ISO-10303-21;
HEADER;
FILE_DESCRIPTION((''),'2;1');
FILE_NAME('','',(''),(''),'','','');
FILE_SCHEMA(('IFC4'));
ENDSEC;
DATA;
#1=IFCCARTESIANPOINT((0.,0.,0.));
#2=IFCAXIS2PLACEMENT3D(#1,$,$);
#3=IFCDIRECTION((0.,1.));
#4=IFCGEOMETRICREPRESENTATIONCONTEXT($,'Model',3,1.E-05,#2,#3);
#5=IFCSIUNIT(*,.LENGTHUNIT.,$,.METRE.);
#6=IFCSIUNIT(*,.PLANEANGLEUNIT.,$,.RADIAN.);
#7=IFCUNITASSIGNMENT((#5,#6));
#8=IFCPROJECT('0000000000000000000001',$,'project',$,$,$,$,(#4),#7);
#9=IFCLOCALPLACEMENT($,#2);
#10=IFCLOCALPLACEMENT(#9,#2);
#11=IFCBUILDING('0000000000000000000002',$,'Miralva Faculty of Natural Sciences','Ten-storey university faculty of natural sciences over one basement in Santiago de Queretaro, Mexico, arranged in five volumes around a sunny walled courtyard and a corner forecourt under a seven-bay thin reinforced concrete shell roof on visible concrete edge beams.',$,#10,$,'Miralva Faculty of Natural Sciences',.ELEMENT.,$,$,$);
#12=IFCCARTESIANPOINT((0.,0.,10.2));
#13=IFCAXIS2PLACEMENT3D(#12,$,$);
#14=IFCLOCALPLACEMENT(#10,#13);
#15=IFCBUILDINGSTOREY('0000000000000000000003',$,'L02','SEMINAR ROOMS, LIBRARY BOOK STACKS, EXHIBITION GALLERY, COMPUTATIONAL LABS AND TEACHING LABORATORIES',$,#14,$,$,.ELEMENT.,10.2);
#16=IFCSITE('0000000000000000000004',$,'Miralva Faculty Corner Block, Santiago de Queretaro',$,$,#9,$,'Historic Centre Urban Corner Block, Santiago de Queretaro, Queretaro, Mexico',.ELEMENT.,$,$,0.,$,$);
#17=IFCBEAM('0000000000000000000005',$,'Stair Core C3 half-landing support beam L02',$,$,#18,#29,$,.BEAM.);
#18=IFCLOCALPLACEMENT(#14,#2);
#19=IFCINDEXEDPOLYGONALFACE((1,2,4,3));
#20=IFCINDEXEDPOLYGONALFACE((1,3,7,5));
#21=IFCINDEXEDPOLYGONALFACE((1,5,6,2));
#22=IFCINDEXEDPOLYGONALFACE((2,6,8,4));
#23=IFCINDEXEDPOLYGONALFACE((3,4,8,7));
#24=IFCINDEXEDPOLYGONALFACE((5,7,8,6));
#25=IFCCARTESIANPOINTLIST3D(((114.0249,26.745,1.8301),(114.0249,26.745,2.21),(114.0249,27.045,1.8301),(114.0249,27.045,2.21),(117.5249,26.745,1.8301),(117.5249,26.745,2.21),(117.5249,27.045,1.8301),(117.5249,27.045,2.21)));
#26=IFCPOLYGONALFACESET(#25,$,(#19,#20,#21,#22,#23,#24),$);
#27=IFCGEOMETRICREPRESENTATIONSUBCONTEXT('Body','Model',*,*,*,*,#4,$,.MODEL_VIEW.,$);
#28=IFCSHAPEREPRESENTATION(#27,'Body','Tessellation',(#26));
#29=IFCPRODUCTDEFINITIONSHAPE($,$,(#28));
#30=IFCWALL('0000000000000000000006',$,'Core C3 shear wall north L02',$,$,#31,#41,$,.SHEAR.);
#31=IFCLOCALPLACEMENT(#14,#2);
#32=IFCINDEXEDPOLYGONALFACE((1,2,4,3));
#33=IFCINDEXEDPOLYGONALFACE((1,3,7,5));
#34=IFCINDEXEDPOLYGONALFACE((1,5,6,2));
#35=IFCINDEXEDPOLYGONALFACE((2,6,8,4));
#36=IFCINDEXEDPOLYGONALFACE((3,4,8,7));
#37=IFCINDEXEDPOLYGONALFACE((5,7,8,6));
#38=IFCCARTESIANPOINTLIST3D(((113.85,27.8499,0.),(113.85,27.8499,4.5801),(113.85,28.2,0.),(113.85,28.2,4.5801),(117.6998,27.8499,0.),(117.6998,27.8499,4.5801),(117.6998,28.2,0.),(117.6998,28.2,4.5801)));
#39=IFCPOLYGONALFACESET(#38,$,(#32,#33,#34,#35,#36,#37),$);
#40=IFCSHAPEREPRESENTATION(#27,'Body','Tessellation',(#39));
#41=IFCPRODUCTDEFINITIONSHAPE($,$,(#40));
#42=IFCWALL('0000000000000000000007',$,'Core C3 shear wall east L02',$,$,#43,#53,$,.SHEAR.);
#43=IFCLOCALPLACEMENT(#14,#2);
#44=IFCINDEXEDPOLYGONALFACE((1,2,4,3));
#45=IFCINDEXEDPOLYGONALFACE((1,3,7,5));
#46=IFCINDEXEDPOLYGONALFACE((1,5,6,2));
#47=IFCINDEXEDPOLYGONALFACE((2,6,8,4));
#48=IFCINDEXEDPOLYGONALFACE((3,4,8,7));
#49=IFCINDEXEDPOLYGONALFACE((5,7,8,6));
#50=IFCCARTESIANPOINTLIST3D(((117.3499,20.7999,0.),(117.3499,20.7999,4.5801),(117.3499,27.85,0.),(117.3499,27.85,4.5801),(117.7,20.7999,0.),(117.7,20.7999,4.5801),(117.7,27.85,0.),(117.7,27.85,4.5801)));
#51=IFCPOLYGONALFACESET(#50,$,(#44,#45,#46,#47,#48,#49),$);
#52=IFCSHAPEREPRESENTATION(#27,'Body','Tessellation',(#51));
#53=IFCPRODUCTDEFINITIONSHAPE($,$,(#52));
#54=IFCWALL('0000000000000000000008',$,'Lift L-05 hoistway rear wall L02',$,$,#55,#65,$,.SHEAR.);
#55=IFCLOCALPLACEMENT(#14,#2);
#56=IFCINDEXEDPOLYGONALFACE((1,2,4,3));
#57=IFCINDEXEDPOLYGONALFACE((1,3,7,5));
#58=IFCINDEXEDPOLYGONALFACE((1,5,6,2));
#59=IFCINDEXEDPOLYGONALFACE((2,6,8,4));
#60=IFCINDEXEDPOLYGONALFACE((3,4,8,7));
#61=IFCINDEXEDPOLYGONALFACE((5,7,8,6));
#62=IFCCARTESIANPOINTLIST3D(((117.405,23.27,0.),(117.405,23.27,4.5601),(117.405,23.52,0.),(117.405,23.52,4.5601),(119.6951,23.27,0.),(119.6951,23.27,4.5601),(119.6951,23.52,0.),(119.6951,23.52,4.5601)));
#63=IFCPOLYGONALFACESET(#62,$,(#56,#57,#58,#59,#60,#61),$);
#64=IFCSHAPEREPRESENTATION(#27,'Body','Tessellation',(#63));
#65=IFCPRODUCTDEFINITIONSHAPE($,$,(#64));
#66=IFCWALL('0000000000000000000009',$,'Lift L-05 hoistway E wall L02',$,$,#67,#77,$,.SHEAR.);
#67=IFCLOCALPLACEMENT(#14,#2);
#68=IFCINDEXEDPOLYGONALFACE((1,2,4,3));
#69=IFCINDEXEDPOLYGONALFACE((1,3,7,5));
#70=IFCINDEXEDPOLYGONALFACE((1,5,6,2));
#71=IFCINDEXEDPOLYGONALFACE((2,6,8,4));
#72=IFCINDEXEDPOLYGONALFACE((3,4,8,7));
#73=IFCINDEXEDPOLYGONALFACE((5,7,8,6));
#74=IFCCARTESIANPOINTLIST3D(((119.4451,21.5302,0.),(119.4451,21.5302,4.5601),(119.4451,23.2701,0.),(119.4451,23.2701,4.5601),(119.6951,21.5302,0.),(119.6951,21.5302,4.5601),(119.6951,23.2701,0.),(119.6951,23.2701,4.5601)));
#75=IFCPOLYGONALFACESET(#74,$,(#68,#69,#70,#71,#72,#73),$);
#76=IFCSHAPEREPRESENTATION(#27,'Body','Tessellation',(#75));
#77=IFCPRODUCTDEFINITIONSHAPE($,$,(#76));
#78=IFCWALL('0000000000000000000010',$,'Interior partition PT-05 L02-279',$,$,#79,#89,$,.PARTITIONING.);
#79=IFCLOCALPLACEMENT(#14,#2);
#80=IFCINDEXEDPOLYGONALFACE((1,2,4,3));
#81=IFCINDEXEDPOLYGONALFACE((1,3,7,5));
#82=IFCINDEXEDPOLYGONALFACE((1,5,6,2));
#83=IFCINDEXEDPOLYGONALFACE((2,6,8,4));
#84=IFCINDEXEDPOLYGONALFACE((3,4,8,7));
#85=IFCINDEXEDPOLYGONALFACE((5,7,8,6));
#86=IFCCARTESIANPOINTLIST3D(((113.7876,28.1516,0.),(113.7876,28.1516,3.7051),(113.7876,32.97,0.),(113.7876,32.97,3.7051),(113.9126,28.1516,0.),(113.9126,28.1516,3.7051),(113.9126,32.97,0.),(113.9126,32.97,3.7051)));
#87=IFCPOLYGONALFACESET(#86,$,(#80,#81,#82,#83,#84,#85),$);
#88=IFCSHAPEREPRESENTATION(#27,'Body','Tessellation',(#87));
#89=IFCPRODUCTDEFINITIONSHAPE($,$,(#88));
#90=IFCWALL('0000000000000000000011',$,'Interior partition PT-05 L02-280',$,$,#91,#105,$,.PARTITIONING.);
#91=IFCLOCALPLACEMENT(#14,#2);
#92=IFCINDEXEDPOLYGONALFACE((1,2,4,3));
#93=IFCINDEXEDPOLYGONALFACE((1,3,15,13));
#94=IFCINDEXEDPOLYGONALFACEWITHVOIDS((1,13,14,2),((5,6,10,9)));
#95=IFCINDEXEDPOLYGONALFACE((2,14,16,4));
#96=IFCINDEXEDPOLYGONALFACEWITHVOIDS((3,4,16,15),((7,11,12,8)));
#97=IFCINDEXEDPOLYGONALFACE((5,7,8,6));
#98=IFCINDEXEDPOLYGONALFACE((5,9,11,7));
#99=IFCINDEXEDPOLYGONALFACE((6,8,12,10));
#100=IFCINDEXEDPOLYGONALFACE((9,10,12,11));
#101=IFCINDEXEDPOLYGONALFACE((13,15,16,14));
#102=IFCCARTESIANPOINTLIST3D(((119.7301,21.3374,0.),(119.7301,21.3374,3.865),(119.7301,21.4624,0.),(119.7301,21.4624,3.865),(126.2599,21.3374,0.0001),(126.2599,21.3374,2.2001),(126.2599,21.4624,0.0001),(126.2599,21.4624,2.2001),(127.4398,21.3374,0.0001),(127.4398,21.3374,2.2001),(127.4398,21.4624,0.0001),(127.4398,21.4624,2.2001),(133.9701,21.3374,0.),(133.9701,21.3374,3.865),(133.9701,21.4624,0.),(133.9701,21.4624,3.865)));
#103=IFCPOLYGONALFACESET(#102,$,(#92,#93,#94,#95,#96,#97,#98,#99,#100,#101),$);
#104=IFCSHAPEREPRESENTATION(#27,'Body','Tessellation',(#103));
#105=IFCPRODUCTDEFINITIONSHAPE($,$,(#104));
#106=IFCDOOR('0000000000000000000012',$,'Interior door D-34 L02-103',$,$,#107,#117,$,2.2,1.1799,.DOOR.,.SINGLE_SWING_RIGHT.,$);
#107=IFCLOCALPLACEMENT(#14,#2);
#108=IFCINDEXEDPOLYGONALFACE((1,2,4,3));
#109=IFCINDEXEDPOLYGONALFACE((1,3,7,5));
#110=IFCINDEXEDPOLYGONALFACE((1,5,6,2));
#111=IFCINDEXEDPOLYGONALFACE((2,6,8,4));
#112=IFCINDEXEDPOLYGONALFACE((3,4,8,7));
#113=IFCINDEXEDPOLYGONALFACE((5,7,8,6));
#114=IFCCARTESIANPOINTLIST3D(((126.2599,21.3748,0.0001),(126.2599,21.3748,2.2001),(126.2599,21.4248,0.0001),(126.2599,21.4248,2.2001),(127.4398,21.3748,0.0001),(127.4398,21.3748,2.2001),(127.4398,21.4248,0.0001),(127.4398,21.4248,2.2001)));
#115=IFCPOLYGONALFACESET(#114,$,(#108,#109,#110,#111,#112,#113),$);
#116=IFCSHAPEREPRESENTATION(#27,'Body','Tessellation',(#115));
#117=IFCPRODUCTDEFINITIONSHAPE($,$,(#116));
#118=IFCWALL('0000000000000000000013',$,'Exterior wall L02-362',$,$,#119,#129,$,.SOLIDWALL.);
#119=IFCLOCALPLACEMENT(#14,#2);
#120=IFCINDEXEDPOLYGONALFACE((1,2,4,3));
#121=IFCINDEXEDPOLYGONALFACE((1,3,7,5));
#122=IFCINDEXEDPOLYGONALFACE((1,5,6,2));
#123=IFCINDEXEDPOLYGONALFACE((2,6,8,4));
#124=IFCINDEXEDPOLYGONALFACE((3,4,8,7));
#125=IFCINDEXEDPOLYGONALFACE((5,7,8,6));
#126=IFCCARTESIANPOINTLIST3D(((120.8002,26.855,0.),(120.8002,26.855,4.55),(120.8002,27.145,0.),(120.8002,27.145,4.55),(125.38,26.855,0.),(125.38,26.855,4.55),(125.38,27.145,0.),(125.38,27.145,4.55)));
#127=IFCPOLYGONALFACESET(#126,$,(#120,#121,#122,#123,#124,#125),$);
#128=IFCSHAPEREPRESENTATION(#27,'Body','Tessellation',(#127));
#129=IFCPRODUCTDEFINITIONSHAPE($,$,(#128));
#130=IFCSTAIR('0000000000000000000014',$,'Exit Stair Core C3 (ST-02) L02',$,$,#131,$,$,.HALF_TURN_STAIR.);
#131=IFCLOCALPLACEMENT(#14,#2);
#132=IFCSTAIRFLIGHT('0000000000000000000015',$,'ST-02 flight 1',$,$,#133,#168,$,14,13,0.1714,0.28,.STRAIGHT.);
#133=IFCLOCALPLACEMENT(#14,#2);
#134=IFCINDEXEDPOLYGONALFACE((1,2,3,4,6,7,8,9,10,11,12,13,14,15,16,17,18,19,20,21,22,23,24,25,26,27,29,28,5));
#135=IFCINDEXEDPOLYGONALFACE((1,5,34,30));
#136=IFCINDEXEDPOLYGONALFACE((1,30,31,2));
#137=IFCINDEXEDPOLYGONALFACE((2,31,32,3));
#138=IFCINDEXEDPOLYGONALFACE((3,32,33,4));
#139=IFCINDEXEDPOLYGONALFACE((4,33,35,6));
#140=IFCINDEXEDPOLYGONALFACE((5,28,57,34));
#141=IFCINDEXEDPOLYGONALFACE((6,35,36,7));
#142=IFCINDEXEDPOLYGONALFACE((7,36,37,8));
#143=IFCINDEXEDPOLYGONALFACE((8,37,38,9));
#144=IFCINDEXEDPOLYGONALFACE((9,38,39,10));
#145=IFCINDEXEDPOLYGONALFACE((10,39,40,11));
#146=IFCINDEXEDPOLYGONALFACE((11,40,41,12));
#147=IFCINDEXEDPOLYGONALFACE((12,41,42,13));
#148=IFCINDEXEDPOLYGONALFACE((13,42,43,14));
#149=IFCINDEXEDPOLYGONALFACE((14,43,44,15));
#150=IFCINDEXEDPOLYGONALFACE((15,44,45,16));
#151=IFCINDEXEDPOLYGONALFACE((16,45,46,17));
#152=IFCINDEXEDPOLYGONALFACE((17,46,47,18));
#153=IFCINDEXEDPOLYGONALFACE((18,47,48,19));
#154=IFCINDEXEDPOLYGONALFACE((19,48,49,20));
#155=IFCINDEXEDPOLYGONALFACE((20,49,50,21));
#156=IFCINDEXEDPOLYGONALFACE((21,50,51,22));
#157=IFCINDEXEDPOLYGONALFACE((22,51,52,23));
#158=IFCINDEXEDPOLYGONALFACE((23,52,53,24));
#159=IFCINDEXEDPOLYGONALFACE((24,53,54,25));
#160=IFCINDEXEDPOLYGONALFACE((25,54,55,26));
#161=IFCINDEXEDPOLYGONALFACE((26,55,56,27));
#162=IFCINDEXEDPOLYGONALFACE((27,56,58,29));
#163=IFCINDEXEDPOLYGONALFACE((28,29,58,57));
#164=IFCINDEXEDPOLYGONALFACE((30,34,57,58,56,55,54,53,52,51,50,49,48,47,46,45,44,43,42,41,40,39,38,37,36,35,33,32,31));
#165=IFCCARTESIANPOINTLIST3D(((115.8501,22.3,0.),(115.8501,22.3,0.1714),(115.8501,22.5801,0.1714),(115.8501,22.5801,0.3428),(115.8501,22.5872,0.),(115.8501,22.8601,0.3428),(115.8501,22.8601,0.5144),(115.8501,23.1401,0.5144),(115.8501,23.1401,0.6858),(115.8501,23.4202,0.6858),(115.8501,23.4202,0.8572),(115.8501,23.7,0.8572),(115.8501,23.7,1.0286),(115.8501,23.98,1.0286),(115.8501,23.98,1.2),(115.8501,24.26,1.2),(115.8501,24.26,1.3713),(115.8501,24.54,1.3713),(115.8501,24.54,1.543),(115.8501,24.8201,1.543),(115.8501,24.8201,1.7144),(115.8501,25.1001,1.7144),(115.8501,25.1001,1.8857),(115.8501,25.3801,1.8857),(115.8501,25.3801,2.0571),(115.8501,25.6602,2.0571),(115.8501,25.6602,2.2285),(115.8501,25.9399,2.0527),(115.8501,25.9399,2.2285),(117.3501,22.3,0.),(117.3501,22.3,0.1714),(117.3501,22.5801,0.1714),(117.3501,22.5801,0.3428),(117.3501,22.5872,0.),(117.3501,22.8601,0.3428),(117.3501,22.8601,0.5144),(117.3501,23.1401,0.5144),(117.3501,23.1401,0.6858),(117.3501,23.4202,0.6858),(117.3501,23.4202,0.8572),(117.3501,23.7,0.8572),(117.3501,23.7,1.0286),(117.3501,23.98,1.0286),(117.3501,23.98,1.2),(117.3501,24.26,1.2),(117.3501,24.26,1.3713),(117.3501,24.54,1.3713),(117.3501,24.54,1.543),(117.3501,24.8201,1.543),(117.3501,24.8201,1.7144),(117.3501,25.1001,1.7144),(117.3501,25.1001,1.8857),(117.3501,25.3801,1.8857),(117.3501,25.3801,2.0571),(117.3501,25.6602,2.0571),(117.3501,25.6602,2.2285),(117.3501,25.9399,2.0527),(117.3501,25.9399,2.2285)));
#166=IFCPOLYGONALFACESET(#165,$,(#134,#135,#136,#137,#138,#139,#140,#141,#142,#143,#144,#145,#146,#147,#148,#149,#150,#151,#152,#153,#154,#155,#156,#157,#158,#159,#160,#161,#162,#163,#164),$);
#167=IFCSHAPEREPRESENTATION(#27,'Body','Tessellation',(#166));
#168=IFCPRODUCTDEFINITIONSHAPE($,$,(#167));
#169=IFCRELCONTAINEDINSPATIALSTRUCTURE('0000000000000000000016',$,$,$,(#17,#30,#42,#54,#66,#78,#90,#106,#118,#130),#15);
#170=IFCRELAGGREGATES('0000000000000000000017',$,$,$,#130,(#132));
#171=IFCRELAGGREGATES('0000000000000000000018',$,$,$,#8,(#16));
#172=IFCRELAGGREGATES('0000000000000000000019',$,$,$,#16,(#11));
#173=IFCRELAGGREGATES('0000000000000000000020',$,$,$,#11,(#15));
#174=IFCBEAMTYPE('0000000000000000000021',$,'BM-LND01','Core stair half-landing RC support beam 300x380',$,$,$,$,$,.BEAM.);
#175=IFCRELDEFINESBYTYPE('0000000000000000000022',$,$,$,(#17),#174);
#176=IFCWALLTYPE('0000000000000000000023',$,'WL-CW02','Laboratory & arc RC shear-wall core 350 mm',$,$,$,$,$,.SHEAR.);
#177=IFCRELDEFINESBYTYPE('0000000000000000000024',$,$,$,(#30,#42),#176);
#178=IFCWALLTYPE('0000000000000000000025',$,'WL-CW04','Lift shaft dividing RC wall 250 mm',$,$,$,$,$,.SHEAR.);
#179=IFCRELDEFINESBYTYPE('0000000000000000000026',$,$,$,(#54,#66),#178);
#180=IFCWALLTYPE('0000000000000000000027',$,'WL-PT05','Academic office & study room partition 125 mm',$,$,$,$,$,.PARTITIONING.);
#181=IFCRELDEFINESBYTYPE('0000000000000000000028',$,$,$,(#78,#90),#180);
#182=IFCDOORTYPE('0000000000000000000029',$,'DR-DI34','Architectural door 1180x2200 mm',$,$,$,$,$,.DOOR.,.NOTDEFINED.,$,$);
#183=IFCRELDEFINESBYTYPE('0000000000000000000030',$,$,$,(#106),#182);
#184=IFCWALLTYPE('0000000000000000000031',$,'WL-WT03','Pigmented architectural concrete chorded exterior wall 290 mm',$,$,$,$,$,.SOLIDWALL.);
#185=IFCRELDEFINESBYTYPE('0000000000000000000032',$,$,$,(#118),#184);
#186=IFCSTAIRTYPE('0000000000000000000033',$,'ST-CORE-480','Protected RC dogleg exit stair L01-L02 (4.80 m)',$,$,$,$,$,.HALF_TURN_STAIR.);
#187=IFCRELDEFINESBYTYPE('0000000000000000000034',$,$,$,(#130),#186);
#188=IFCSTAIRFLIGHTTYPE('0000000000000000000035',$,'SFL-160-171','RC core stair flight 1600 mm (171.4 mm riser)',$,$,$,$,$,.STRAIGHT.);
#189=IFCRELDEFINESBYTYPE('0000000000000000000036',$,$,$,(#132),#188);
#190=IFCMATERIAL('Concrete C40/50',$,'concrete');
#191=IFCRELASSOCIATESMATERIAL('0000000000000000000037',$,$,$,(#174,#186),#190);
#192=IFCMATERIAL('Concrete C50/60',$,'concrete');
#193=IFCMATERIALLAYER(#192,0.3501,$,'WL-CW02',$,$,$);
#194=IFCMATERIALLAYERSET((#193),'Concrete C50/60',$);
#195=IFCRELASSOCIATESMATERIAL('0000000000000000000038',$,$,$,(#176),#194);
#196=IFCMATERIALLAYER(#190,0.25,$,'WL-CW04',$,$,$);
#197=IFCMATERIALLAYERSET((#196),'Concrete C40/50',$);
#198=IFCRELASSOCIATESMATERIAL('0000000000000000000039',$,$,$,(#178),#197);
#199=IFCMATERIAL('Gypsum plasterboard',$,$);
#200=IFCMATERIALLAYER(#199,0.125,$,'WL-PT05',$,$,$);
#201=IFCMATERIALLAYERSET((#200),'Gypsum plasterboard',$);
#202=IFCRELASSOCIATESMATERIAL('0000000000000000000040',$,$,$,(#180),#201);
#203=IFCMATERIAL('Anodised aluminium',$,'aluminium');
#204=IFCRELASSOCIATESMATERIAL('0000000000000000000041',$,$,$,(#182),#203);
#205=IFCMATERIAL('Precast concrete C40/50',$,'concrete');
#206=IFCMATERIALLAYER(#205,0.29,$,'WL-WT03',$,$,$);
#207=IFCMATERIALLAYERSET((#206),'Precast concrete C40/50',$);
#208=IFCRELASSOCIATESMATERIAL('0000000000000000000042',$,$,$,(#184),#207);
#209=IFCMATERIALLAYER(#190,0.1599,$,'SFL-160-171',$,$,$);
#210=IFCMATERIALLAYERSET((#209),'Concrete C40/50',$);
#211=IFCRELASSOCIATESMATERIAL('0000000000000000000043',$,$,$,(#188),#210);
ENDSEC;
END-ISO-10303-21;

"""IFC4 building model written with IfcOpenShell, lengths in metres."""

from ifc_helpers import new_model, si_unit, direction, frame, frame_2d, origin, origin_2d, place, context, subcontext, project, spatial, polyline, rectangle, outline, extrude, material, layer, layer_set, material_profile, profile_set, type_object, element, fill, aggregate, save


model = new_model("IFC4")

# Units and contexts
model_context = context("Model", 3, precision=1e-05, world=origin(), true_north=direction((0.0, 1.0)))
body_context = subcontext(model_context, "Body", "Model", "MODEL_VIEW")
ifc_project = project(units=[si_unit("LENGTHUNIT", "METRE"), si_unit("PLANEANGLEUNIT", "RADIAN")], contexts=[model_context])

# Site, building, storey
site_placement = place(None, origin())
site = spatial("IfcSite", under=ifc_project, at=site_placement, Name="Miralva Faculty Corner Block, Santiago de Queretaro", LongName="Historic Centre Urban Corner Block, Santiago de Queretaro, Queretaro, Mexico", CompositionType="ELEMENT", RefElevation=0.0)
building_placement = place(site_placement, origin())
building = spatial("IfcBuilding", under=site, at=building_placement, Name="Miralva Faculty of Natural Sciences", Description="Ten-storey university faculty of natural sciences over one basement in Santiago de Queretaro, Mexico, arranged in five volumes around a sunny walled courtyard and a corner forecourt under a seven-bay thin reinforced concrete shell roof on visible concrete edge beams.", LongName="Miralva Faculty of Natural Sciences", CompositionType="ELEMENT")
storey_placement = place(building_placement, frame((0.0, 0.0, 10.2)))
storey = spatial("IfcBuildingStorey", under=building, at=storey_placement, Name="L02", Description="SEMINAR ROOMS, LIBRARY BOOK STACKS, EXHIBITION GALLERY, COMPUTATIONAL LABS AND TEACHING LABORATORIES", CompositionType="ELEMENT", Elevation=10.2)

# Beam
ifc_material_1 = material(Name="Concrete C40/50", Category="concrete")
ifc_material_profile = material_profile(ifc_material_1, rectangle(XDim=0.3, YDim=0.3799, at=origin_2d()), Name="RC 300x380")
ifc_profile_set = profile_set([ifc_material_profile], Name="Concrete C40/50")
beam_type = type_object("IfcBeamType", Name="BM-LND01", Description="Core stair half-landing RC support beam 300x380", PredefinedType="BEAM", material=ifc_profile_set)
beam_placement = place(storey_placement, frame((114.0249, 26.895, 2.02), z_axis=(1.0, 0.0, 0.0), x_axis=(0.0, 1.0, 0.0)))
element("IfcBeam", 1, at=beam_placement, inside=storey, type_object=beam_type, Name="Stair Core C3 half-landing support beam L02", PredefinedType="BEAM", context=body_context, shape_type="SweptSolid", body=[
    extrude(rectangle(XDim=0.3, YDim=0.3799, at=origin_2d()), origin(), (0.0, 0.0, 1.0), 3.5),
])

# Walls
ifc_material_2 = material(Name="Concrete C50/60", Category="concrete")
ifc_layer_1 = layer(ifc_material_2, 0.3501, Name="WL-CW02")
ifc_layer_set_1 = layer_set([ifc_layer_1], Name="Concrete C50/60")
wall_type_1 = type_object("IfcWallType", Name="WL-CW02", Description="Laboratory & arc RC shear-wall core 350 mm", PredefinedType="SHEAR", material=ifc_layer_set_1)
wall_1_placement = place(storey_placement, frame((113.8501, 28.0249, 0.0), z_axis=(0.0, 0.0, 1.0), x_axis=(1.0, 0.0, 0.0)))
element("IfcWall", 2, at=wall_1_placement, inside=storey, type_object=wall_type_1, Name="Core C3 shear wall north L02", PredefinedType="SHEAR", context=body_context, shape_type="SweptSolid", body=[
    extrude(rectangle(XDim=3.8499, YDim=0.3501, at=frame_2d((1.9248, 0.0))), origin(), (0.0, 0.0, 1.0), 4.5801),
])
wall_2_placement = place(storey_placement, frame((117.5249, 20.8, 0.0), z_axis=(0.0, 0.0, 1.0), x_axis=(0.0, 1.0, 0.0)))
element("IfcWall", 3, at=wall_2_placement, inside=storey, type_object=wall_type_1, Name="Core C3 shear wall east L02", PredefinedType="SHEAR", context=body_context, shape_type="SweptSolid", body=[
    extrude(rectangle(XDim=7.05, YDim=0.3501, at=frame_2d((3.5249, 0.0))), origin(), (0.0, 0.0, 1.0), 4.5801),
])

# Shared definitions
ifc_layer_2 = layer(ifc_material_1, 0.25, Name="WL-CW04")
ifc_layer_set_2 = layer_set([ifc_layer_2], Name="Concrete C40/50")
wall_type_2 = type_object("IfcWallType", Name="WL-CW04", Description="Lift shaft dividing RC wall 250 mm", PredefinedType="SHEAR", material=ifc_layer_set_2)

# Walls
wall_3_placement = place(storey_placement, frame((117.405, 23.395, 0.0), z_axis=(0.0, 0.0, 1.0), x_axis=(1.0, 0.0, 0.0)))
element("IfcWall", 4, at=wall_3_placement, inside=storey, type_object=wall_type_2, Name="Lift L-05 hoistway rear wall L02", PredefinedType="SHEAR", context=body_context, shape_type="SweptSolid", body=[
    extrude(rectangle(XDim=2.29, YDim=0.25, at=frame_2d((1.145, 0.0))), origin(), (0.0, 0.0, 1.0), 4.5601),
])
wall_4_placement = place(storey_placement, frame((119.5701, 21.53, 0.0), z_axis=(0.0, 0.0, 1.0), x_axis=(0.0, 1.0, 0.0)))
element("IfcWall", 5, at=wall_4_placement, inside=storey, type_object=wall_type_2, Name="Lift L-05 hoistway E wall L02", PredefinedType="SHEAR", context=body_context, shape_type="SweptSolid", body=[
    extrude(rectangle(XDim=1.74, YDim=0.25, at=frame_2d((0.8701, 0.0))), origin(), (0.0, 0.0, 1.0), 4.5601),
])
ifc_material_3 = material(Name="Gypsum plasterboard")
ifc_layer_3 = layer(ifc_material_3, 0.125, Name="WL-PT05")
ifc_layer_set_3 = layer_set([ifc_layer_3], Name="Gypsum plasterboard")
wall_type_3 = type_object("IfcWallType", Name="WL-PT05", Description="Academic office & study room partition 125 mm", PredefinedType="PARTITIONING", material=ifc_layer_set_3)
wall_5_placement = place(storey_placement, frame((113.8501, 28.1516, 0.0), z_axis=(0.0, 0.0, 1.0), x_axis=(0.0, 1.0, 0.0)))
element("IfcWall", 6, at=wall_5_placement, inside=storey, type_object=wall_type_3, Name="Interior partition PT-05 L02-279", PredefinedType="PARTITIONING", context=body_context, shape_type="SweptSolid", body=[
    extrude(rectangle(XDim=4.8184, YDim=0.125, at=frame_2d((2.4092, 0.0))), origin(), (0.0, 0.0, 1.0), 3.7051),
])

# Wall, opening, door
wall_6_placement = place(storey_placement, frame((119.73, 21.3999, 0.0), z_axis=(0.0, 0.0, 1.0), x_axis=(1.0, 0.0, 0.0)))
wall_6 = element("IfcWall", 7, at=wall_6_placement, inside=storey, type_object=wall_type_3, Name="Interior partition PT-05 L02-280", PredefinedType="PARTITIONING", context=body_context, shape_type="SweptSolid", body=[
    extrude(rectangle(XDim=14.24, YDim=0.125, at=frame_2d((7.1201, 0.0))), origin(), (0.0, 0.0, 1.0), 3.865),
])
opening_1_placement = place(wall_6_placement, frame((6.53, 0.0, 0.0)))
opening_1 = element("IfcOpeningElement", 8, at=opening_1_placement, cuts=wall_6, PredefinedType="OPENING", context=body_context, shape_type="SweptSolid", body=[
    extrude(rectangle(XDim=1.1799, YDim=2.2, at=frame_2d((0.5898, 1.1001))), frame((0.0, 0.0725, 0.0), z_axis=(0.0, -1.0, 0.0), x_axis=(1.0, 0.0, 0.0)), (0.0, 0.0, 1.0), 0.145),
])
ifc_material_4 = material(Name="Anodised aluminium", Category="aluminium")
door_type_1 = type_object("IfcDoorType", Name="DR-DI34", Description="Architectural door 1180x2200 mm", OperationType="NOTDEFINED", PredefinedType="DOOR", material=ifc_material_4)
door_1_placement = place(opening_1_placement, origin())
door_1 = element("IfcDoor", 9, at=door_1_placement, inside=storey, type_object=door_type_1, Name="Interior door D-34 L02-103", OperationType="SINGLE_SWING_RIGHT", OverallHeight=2.2, OverallWidth=1.1799, PredefinedType="DOOR", context=body_context, shape_type="SweptSolid", body=[
    extrude(rectangle(XDim=1.1799, YDim=2.2, at=frame_2d((0.5898, 1.1001))), frame((0.0, 0.0249, 0.0), z_axis=(0.0, -1.0, 0.0), x_axis=(1.0, 0.0, 0.0)), (0.0, 0.0, 1.0), 0.05),
])
fill(opening_1, door_1)

# Wall
ifc_material_5 = material(Name="Precast concrete C40/50", Category="concrete")
ifc_layer_4 = layer(ifc_material_5, 0.29, Name="WL-WT03")
ifc_layer_set_4 = layer_set([ifc_layer_4], Name="Precast concrete C40/50")
wall_type_4 = type_object("IfcWallType", Name="WL-WT03", Description="Pigmented architectural concrete chorded exterior wall 290 mm", PredefinedType="SOLIDWALL", material=ifc_layer_set_4)
wall_7_placement = place(storey_placement, frame((120.8, 27.0, 0.0), z_axis=(0.0, 0.0, 1.0), x_axis=(1.0, 0.0, 0.0)))
element("IfcWall", 10, at=wall_7_placement, inside=storey, type_object=wall_type_4, Name="Exterior wall L02-362", PredefinedType="SOLIDWALL", context=body_context, shape_type="SweptSolid", body=[
    extrude(rectangle(XDim=4.5798, YDim=0.29, at=frame_2d((2.29, 0.0))), origin(), (0.0, 0.0, 1.0), 4.55),
])

# Stair, stair flight
stair_type = type_object("IfcStairType", Name="ST-CORE-480", Description="Protected RC dogleg exit stair L01-L02 (4.80 m)", PredefinedType="HALF_TURN_STAIR", material=ifc_material_1)
stair_placement = place(storey_placement, origin())
stair = element("IfcStair", 11, at=stair_placement, inside=storey, type_object=stair_type, Name="Exit Stair Core C3 (ST-02) L02", PredefinedType="HALF_TURN_STAIR")
ifc_layer_5 = layer(ifc_material_1, 0.1599, Name="SFL-160-171")
ifc_layer_set_5 = layer_set([ifc_layer_5], Name="Concrete C40/50")
stair_flight_type = type_object("IfcStairFlightType", Name="SFL-160-171", Description="RC core stair flight 1600 mm (171.4 mm riser)", PredefinedType="STRAIGHT", material=ifc_layer_set_5)
stair_flight_1_placement = place(storey_placement, frame((116.6001, 22.3, 0.0), z_axis=(0.0, 0.0, 1.0), x_axis=(0.0, 1.0, 0.0)))
stair_flight_1 = element("IfcStairFlight", 12, at=stair_flight_1_placement, type_object=stair_flight_type, Name="ST-02 flight 1", NumberOfRisers=14, NumberOfTreads=13, PredefinedType="STRAIGHT", RiserHeight=0.1714, TreadLength=0.28, context=body_context, shape_type="SweptSolid", body=[
    extrude(outline(polyline([(0.0, 0.0), (0.0, 0.1714), (0.28, 0.1714), (0.28, 0.3428), (0.5601, 0.3428), (0.5601, 0.5144), (0.8401, 0.5144), (0.8401, 0.6858), (1.1201, 0.6858), (1.1201, 0.8572), (1.3999, 0.8572), (1.3999, 1.0286), (1.6799, 1.0286), (1.6799, 1.2), (1.96, 1.2), (1.96, 1.3713), (2.24, 1.3713), (2.24, 1.543), (2.52, 1.543), (2.52, 1.7144), (2.8, 1.7144), (2.8, 1.8857), (3.0801, 1.8857), (3.0801, 2.0571), (3.3601, 2.0571), (3.3601, 2.2285), (3.6399, 2.2285), (3.6399, 2.3999), (3.6399, 2.0527), (0.2871, 0.0), (0.0, 0.0)])), frame((0.0, 0.75, 0.0), z_axis=(0.0, -1.0, 0.0), x_axis=(1.0, 0.0, 0.0)), (0.0, 0.0, 1.0), 1.5),
])
aggregate(stair, [stair_flight_1])

save(model, "model.ifc")
